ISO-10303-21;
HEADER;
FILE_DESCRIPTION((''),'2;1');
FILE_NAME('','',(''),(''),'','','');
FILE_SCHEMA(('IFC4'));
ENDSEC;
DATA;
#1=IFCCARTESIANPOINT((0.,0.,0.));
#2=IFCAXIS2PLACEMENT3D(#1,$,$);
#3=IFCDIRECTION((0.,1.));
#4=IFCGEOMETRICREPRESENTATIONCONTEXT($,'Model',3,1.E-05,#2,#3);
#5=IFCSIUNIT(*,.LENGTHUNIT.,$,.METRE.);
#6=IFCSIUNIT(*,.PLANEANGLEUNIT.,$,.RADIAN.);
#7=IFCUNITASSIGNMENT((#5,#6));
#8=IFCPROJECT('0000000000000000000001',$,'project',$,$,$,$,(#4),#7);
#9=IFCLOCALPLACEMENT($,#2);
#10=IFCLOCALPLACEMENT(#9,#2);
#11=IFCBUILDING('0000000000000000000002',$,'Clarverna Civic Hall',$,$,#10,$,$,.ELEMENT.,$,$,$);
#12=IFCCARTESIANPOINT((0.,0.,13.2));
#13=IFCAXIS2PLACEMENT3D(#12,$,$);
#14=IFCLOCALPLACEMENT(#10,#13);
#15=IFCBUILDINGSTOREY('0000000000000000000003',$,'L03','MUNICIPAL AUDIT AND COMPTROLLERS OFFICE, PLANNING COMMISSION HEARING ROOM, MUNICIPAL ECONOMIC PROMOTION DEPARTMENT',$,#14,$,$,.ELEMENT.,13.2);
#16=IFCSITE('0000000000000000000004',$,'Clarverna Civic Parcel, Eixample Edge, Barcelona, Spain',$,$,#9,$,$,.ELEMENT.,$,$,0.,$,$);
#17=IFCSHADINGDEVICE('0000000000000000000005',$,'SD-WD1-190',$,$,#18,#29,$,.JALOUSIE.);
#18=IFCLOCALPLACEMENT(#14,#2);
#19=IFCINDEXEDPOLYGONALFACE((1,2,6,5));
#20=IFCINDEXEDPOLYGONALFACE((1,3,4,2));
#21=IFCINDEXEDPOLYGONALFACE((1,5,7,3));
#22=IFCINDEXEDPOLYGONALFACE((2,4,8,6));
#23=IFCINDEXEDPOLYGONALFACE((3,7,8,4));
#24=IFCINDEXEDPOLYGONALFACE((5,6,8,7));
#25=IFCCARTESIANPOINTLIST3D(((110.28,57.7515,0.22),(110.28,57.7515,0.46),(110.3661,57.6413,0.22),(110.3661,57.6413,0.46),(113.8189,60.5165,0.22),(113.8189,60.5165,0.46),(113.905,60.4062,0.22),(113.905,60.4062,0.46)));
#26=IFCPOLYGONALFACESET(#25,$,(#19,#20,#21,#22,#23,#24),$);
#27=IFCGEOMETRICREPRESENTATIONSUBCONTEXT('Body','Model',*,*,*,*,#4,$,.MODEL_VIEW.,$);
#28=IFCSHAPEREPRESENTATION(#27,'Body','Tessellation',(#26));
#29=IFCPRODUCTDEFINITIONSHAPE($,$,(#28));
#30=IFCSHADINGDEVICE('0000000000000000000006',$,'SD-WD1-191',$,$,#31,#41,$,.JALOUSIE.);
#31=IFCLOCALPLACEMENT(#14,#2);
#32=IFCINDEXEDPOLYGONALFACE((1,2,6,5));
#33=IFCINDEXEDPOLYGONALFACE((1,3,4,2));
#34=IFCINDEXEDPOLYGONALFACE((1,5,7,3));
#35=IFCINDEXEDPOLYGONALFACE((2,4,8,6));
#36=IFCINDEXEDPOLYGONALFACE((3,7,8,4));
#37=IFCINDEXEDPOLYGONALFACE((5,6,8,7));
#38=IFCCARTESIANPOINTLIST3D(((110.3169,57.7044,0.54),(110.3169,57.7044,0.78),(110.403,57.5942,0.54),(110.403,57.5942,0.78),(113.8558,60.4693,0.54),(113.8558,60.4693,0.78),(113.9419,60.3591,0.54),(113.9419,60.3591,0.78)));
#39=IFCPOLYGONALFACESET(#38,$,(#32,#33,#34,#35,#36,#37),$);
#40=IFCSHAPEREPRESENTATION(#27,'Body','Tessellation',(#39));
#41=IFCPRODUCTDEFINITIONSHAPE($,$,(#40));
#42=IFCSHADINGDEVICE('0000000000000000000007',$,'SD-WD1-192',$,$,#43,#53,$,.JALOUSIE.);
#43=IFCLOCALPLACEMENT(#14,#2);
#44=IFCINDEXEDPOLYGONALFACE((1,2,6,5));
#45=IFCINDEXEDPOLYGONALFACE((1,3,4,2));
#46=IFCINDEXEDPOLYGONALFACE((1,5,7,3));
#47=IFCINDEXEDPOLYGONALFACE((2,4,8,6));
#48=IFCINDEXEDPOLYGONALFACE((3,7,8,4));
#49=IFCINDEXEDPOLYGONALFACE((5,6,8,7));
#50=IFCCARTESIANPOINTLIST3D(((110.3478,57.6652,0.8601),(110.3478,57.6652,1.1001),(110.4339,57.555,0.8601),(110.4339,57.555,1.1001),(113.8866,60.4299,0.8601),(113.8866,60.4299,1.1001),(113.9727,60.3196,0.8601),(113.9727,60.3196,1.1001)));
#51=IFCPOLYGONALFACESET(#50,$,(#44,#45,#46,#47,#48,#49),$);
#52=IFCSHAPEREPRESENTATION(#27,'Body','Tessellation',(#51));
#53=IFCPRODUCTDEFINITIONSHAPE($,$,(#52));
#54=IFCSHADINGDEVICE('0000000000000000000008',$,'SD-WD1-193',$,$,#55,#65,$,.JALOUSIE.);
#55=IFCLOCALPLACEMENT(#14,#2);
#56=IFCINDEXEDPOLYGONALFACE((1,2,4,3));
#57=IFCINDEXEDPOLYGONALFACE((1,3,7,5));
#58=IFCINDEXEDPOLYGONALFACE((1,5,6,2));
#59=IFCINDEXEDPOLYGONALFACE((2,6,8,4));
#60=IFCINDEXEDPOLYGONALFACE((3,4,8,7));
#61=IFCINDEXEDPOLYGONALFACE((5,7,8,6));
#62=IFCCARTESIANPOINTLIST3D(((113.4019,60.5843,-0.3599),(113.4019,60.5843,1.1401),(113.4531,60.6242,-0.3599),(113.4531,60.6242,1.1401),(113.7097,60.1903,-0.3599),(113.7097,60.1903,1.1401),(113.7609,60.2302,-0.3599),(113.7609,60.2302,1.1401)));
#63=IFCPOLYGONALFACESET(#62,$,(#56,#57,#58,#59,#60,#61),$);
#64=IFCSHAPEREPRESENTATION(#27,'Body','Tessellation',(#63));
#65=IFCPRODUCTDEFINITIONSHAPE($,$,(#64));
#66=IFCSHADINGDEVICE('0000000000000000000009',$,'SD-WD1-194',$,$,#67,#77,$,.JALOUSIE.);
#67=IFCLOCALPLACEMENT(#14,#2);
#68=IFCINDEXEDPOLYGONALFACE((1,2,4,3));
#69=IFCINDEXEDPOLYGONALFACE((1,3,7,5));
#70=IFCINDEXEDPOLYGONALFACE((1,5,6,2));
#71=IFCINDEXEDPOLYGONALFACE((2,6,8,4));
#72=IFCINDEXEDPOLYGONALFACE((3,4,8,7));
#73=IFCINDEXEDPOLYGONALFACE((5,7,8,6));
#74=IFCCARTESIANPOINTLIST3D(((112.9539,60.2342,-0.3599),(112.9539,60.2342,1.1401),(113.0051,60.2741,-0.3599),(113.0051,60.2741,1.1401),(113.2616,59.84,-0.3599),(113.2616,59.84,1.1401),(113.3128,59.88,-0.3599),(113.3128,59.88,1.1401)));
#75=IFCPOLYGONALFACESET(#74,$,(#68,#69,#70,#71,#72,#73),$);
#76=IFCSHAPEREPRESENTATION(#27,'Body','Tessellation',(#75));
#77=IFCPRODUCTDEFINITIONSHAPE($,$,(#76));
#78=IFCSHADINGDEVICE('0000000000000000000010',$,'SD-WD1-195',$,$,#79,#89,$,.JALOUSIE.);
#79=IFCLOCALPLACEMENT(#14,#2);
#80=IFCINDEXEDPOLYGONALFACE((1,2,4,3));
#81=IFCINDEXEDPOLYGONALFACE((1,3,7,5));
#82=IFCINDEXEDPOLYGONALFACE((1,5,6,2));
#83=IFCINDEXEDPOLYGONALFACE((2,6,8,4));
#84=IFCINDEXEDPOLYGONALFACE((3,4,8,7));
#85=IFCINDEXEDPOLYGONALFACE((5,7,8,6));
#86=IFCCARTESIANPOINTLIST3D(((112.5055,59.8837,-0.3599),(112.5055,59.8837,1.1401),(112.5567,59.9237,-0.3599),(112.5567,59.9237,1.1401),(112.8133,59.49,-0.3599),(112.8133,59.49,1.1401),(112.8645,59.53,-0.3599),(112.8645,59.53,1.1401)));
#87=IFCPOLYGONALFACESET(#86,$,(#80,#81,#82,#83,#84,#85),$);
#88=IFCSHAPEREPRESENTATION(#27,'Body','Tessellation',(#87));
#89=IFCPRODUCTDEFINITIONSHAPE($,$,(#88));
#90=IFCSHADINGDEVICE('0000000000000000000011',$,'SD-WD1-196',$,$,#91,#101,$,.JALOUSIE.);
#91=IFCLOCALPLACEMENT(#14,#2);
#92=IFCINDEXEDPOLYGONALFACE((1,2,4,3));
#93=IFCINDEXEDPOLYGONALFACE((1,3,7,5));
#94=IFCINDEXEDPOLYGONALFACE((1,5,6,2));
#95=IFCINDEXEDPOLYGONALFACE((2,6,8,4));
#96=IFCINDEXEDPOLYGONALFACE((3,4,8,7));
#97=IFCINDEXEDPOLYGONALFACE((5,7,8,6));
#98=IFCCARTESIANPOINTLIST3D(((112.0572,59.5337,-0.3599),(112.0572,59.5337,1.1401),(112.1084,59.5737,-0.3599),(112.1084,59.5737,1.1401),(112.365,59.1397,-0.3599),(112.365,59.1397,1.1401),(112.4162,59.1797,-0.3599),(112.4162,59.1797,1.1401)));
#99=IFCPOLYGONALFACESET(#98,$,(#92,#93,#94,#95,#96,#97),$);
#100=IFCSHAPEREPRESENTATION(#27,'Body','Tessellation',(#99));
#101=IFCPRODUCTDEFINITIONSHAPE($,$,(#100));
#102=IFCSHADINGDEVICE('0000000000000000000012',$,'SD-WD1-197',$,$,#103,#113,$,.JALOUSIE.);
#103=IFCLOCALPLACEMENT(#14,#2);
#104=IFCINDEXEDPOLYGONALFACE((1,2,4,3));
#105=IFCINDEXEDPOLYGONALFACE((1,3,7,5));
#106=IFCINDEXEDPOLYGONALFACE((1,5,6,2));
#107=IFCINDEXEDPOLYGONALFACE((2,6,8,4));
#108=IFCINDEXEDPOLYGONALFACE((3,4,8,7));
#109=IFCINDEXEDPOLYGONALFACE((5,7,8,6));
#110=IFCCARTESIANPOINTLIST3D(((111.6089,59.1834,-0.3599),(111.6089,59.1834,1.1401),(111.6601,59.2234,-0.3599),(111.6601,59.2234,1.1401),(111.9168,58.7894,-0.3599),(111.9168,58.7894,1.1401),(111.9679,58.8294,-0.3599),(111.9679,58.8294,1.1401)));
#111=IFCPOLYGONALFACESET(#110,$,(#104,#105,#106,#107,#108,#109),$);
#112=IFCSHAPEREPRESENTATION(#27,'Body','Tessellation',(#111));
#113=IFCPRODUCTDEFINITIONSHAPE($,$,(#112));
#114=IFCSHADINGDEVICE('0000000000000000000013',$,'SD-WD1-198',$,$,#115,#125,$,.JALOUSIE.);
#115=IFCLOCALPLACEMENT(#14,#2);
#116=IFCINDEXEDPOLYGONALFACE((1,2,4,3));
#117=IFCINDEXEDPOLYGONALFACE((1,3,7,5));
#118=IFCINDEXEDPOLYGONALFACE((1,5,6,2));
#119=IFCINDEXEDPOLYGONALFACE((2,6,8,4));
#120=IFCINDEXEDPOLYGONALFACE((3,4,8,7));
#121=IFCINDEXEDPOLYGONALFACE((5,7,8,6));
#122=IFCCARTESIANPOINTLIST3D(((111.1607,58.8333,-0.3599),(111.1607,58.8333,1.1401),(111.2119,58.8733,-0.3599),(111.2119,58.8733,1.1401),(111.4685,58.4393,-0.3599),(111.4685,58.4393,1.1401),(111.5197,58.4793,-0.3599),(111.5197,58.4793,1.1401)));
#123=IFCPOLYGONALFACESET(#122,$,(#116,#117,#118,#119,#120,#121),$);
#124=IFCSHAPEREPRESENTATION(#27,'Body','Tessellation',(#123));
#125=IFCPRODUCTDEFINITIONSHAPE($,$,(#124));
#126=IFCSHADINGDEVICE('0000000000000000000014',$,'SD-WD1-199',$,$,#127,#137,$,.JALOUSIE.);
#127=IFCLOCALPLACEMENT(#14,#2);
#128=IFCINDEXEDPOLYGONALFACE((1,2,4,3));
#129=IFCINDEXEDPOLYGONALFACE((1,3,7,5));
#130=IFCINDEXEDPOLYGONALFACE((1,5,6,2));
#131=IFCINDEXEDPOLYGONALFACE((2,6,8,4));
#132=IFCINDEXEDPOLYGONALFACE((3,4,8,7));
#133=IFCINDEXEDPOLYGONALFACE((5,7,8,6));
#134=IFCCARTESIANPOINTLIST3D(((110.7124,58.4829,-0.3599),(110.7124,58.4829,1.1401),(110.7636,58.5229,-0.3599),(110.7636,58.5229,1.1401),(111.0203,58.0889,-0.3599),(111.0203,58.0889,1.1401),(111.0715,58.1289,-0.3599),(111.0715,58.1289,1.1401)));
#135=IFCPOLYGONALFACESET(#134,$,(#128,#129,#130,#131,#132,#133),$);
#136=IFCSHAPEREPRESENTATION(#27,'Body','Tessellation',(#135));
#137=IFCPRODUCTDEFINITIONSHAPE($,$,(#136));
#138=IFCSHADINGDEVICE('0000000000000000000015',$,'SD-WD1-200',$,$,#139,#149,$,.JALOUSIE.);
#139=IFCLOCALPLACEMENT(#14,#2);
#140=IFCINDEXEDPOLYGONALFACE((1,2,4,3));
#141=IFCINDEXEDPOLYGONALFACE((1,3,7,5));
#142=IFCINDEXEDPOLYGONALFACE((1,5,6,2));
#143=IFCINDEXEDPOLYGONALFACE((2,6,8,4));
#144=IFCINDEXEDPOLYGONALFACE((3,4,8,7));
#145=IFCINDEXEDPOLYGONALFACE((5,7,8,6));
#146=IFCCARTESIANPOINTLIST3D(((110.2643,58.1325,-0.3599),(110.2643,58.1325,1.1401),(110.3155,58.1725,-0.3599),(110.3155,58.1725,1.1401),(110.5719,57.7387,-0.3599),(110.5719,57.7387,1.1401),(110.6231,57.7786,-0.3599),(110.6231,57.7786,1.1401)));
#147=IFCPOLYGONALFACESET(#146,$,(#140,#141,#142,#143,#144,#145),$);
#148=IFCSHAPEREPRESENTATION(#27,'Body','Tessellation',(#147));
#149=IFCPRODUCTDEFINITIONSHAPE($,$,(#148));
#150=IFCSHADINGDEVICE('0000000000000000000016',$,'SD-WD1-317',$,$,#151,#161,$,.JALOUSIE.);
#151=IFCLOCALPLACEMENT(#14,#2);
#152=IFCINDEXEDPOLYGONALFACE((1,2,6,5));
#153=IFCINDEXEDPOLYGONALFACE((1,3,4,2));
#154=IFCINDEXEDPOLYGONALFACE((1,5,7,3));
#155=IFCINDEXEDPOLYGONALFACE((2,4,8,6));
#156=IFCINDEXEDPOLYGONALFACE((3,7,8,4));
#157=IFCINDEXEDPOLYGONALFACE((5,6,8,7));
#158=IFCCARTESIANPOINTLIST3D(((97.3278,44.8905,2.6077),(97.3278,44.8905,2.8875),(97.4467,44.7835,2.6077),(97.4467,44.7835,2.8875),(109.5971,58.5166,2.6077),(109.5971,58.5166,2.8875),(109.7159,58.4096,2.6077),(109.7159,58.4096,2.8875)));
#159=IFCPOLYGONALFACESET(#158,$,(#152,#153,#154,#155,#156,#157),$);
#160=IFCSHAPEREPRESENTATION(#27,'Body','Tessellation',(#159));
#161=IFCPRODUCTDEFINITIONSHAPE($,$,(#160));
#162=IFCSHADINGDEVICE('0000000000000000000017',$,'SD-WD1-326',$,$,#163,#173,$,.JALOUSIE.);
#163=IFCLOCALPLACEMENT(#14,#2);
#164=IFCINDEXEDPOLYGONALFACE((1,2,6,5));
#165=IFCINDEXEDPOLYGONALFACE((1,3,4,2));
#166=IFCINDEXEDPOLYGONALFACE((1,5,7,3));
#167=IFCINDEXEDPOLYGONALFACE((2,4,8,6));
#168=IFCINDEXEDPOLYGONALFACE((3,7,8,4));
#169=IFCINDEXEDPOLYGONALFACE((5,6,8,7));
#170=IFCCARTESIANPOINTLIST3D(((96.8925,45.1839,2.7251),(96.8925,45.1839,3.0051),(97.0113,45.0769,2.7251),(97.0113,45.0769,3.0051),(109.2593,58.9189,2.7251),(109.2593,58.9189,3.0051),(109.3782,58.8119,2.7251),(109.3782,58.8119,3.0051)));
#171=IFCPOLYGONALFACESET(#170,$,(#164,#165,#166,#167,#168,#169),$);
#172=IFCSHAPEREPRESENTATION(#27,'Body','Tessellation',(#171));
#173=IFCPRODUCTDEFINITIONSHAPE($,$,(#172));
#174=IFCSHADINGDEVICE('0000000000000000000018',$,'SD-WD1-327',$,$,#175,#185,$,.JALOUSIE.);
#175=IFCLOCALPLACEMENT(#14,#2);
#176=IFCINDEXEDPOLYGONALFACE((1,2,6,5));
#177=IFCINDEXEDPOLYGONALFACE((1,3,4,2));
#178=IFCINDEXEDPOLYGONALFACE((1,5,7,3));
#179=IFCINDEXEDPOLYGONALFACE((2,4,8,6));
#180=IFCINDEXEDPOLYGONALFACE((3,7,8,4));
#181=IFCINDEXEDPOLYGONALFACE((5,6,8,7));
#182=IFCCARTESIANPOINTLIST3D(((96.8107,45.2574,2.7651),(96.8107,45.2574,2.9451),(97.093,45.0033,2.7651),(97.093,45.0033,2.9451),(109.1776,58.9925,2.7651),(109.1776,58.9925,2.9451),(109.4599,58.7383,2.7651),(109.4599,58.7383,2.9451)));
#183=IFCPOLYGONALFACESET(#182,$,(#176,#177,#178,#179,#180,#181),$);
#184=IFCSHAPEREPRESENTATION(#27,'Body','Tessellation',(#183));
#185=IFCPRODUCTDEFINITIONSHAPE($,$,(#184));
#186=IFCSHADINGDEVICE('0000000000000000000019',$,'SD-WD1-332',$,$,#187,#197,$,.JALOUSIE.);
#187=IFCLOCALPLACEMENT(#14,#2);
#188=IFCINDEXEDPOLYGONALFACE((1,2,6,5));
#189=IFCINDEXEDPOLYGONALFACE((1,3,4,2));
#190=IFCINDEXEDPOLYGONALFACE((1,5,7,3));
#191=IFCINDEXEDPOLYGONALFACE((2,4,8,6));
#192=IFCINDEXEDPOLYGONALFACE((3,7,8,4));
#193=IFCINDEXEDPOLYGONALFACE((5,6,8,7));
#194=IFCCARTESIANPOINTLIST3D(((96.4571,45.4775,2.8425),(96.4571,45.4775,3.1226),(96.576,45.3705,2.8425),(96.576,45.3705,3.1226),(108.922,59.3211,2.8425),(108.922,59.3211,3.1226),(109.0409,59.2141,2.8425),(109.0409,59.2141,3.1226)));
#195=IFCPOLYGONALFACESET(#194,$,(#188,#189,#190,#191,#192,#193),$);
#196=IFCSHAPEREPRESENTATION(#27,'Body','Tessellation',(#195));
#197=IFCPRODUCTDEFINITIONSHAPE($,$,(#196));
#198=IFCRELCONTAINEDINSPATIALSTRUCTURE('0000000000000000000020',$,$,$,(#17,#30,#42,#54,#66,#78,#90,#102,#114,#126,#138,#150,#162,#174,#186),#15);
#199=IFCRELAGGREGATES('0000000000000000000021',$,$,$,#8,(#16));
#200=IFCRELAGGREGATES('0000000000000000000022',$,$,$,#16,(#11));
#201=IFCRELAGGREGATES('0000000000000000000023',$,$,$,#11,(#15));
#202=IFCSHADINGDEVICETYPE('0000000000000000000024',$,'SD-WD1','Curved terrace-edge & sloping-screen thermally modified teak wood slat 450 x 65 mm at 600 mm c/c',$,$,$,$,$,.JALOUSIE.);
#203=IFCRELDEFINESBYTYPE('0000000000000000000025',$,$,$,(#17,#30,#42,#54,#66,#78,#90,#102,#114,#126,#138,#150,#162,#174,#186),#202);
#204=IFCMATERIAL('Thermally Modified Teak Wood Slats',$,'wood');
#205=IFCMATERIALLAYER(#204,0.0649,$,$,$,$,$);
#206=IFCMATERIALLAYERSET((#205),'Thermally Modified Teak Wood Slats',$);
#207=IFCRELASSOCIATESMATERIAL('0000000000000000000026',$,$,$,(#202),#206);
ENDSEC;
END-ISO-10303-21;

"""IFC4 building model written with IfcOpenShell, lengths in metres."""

from ifc_helpers import new_model, si_unit, direction, frame, frame_2d, origin, place, context, subcontext, project, spatial, rectangle, extrude, material, layer, layer_set, type_object, element, save


model = new_model("IFC4")

# Units and contexts
model_context = context("Model", 3, precision=1e-05, world=origin(), true_north=direction((0.0, 1.0)))
body_context = subcontext(model_context, "Body", "Model", "MODEL_VIEW")
ifc_project = project(units=[si_unit("LENGTHUNIT", "METRE"), si_unit("PLANEANGLEUNIT", "RADIAN")], contexts=[model_context])

# Site, building, storey
site_placement = place(None, origin())
site = spatial("IfcSite", under=ifc_project, at=site_placement, Name="Clarverna Civic Parcel, Eixample Edge, Barcelona, Spain", CompositionType="ELEMENT", RefElevation=0.0)
building_placement = place(site_placement, origin())
building = spatial("IfcBuilding", under=site, at=building_placement, Name="Clarverna Civic Hall", CompositionType="ELEMENT")
storey_placement = place(building_placement, frame((0.0, 0.0, 13.2)))
storey = spatial("IfcBuildingStorey", under=building, at=storey_placement, Name="L03", Description="MUNICIPAL AUDIT AND COMPTROLLERS OFFICE, PLANNING COMMISSION HEARING ROOM, MUNICIPAL ECONOMIC PROMOTION DEPARTMENT", CompositionType="ELEMENT", Elevation=13.2)

# Shading devices
ifc_material_1 = material(Name="Thermally Modified Teak Wood Slats", Category="wood")
ifc_layer_1 = layer(ifc_material_1, 0.0649)
ifc_layer_set_1 = layer_set([ifc_layer_1], Name="Thermally Modified Teak Wood Slats")
shading_device_type = type_object("IfcShadingDeviceType", Name="SD-WD1", Description="Curved terrace-edge & sloping-screen thermally modified teak wood slat 450 x 65 mm at 600 mm c/c", PredefinedType="JALOUSIE", material=ifc_layer_set_1)
for number, where, z_axis, x_axis, name in (
    (1, (113.8621, 60.4614, 0.22), (0.0, 0.0, 1.0), (-0.788004, -0.61567, 0.0), "SD-WD1-190"),
    (2, (113.8989, 60.4143, 0.54), (0.0, 0.0, 1.0), (-0.788004, -0.61567, 0.0), "SD-WD1-191"),
):
    element("IfcShadingDevice", number, at=place(storey_placement, frame(where, z_axis=z_axis, x_axis=x_axis)), inside=storey, type_object=shading_device_type, Name=name, PredefinedType="JALOUSIE", context=body_context, shape_type="SweptSolid", body=[
        extrude(rectangle(XDim=4.491, YDim=0.1399, at=frame_2d((2.2456, 0.0))), origin(), (0.0, 0.0, 1.0), 0.24),
    ])
shading_device_1_placement = place(storey_placement, frame((113.9297, 60.3748, 0.8601), z_axis=(0.0, 0.0, 1.0), x_axis=(-0.78803, -0.615637, 0.0)))
element("IfcShadingDevice", 3, at=shading_device_1_placement, inside=storey, type_object=shading_device_type, Name="SD-WD1-192", PredefinedType="JALOUSIE", context=body_context, shape_type="SweptSolid", body=[
    extrude(rectangle(XDim=4.4907, YDim=0.1399, at=frame_2d((2.2454, 0.0))), origin(), (0.0, 0.0, 1.0), 0.24),
])
for number, where, z_axis, x_axis, name in (
    (4, (113.4275, 60.6042, -0.3599), (0.0, 0.0, 1.0), (0.615663, -0.78801, 0.0), "SD-WD1-193"),
    (5, (112.9795, 60.2542, -0.3599), (0.0, 0.0, 1.0), (0.61536, -0.788246, 0.0), "SD-WD1-194"),
):
    element("IfcShadingDevice", number, at=place(storey_placement, frame(where, z_axis=z_axis, x_axis=x_axis)), inside=storey, type_object=shading_device_type, Name=name, PredefinedType="JALOUSIE", context=body_context, shape_type="SweptSolid", body=[
        extrude(rectangle(XDim=0.5, YDim=0.0649, at=frame_2d((0.25, 0.0))), origin(), (0.0, 0.0, 1.0), 1.5),
    ])
shading_device_2_placement = place(storey_placement, frame((112.531, 59.9038, -0.3599), z_axis=(0.0, 0.0, 1.0), x_axis=(0.6159, -0.787824, 0.0)))
element("IfcShadingDevice", 6, at=shading_device_2_placement, inside=storey, type_object=shading_device_type, Name="SD-WD1-195", PredefinedType="JALOUSIE", context=body_context, shape_type="SweptSolid", body=[
    extrude(rectangle(XDim=0.4998, YDim=0.0649, at=frame_2d((0.25, 0.0))), origin(), (0.0, 0.0, 1.0), 1.5),
])
for number, where, z_axis, x_axis, name in (
    (7, (112.0828, 59.5537, -0.3599), (0.0, 0.0, 1.0), (0.615663, -0.78801, 0.0), "SD-WD1-196"),
    (8, (111.6345, 59.2034, -0.3599), (0.0, 0.0, 1.0), (0.615663, -0.78801, 0.0), "SD-WD1-197"),
    (9, (111.1863, 58.8533, -0.3599), (0.0, 0.0, 1.0), (0.615663, -0.78801, 0.0), "SD-WD1-198"),
    (10, (110.738, 58.5029, -0.3599), (0.0, 0.0, 1.0), (0.615663, -0.78801, 0.0), "SD-WD1-199"),
):
    element("IfcShadingDevice", number, at=place(storey_placement, frame(where, z_axis=z_axis, x_axis=x_axis)), inside=storey, type_object=shading_device_type, Name=name, PredefinedType="JALOUSIE", context=body_context, shape_type="SweptSolid", body=[
        extrude(rectangle(XDim=0.5, YDim=0.0649, at=frame_2d((0.25, 0.0))), origin(), (0.0, 0.0, 1.0), 1.5),
    ])
shading_device_3_placement = place(storey_placement, frame((110.2898, 58.1526, -0.3599), z_axis=(0.0, 0.0, 1.0), x_axis=(0.615597, -0.788061, 0.0)))
element("IfcShadingDevice", 11, at=shading_device_3_placement, inside=storey, type_object=shading_device_type, Name="SD-WD1-200", PredefinedType="JALOUSIE", context=body_context, shape_type="SweptSolid", body=[
    extrude(rectangle(XDim=0.4998, YDim=0.0649, at=frame_2d((0.25, 0.0))), origin(), (0.0, 0.0, 1.0), 1.5),
])
shading_device_4_placement = place(storey_placement, frame((109.6565, 58.4631, 2.6077), z_axis=(0.0, 0.0, 1.0), x_axis=(-0.669136, -0.74314, 0.0)))
element("IfcShadingDevice", 12, at=shading_device_4_placement, inside=storey, type_object=shading_device_type, Name="SD-WD1-317", PredefinedType="JALOUSIE", context=body_context, shape_type="SweptSolid", body=[
    extrude(rectangle(XDim=18.3359, YDim=0.1599, at=frame_2d((9.168, 0.0))), origin(), (0.0, 0.0, 1.0), 0.2798),
])
shading_device_5_placement = place(storey_placement, frame((109.3188, 58.8655, 2.7251), z_axis=(0.0, 0.0, 1.0), x_axis=(-0.669125, -0.74315, 0.0)))
element("IfcShadingDevice", 13, at=shading_device_5_placement, inside=storey, type_object=shading_device_type, Name="SD-WD1-326", PredefinedType="JALOUSIE", context=body_context, shape_type="SweptSolid", body=[
    extrude(rectangle(XDim=18.4822, YDim=0.1599, at=frame_2d((9.2412, 0.0))), origin(), (0.0, 0.0, 1.0), 0.28),
])
shading_device_6_placement = place(storey_placement, frame((109.3188, 58.8655, 2.7651), z_axis=(0.0, 0.0, 1.0), x_axis=(-0.669125, -0.74315, 0.0)))
element("IfcShadingDevice", 14, at=shading_device_6_placement, inside=storey, type_object=shading_device_type, Name="SD-WD1-327", PredefinedType="JALOUSIE", context=body_context, shape_type="SweptSolid", body=[
    extrude(rectangle(XDim=18.4822, YDim=0.3799, at=frame_2d((9.2412, 0.0))), origin(), (0.0, 0.0, 1.0), 0.1799),
])
shading_device_7_placement = place(storey_placement, frame((108.9814, 59.2676, 2.8425), z_axis=(0.0, 0.0, 1.0), x_axis=(-0.669133, -0.743142, 0.0)))
element("IfcShadingDevice", 15, at=shading_device_7_placement, inside=storey, type_object=shading_device_type, Name="SD-WD1-332", PredefinedType="JALOUSIE", context=body_context, shape_type="SweptSolid", body=[
    extrude(rectangle(XDim=18.6284, YDim=0.1599, at=frame_2d((9.3142, 0.0))), origin(), (0.0, 0.0, 1.0), 0.28),
])

save(model, "model.ifc")
